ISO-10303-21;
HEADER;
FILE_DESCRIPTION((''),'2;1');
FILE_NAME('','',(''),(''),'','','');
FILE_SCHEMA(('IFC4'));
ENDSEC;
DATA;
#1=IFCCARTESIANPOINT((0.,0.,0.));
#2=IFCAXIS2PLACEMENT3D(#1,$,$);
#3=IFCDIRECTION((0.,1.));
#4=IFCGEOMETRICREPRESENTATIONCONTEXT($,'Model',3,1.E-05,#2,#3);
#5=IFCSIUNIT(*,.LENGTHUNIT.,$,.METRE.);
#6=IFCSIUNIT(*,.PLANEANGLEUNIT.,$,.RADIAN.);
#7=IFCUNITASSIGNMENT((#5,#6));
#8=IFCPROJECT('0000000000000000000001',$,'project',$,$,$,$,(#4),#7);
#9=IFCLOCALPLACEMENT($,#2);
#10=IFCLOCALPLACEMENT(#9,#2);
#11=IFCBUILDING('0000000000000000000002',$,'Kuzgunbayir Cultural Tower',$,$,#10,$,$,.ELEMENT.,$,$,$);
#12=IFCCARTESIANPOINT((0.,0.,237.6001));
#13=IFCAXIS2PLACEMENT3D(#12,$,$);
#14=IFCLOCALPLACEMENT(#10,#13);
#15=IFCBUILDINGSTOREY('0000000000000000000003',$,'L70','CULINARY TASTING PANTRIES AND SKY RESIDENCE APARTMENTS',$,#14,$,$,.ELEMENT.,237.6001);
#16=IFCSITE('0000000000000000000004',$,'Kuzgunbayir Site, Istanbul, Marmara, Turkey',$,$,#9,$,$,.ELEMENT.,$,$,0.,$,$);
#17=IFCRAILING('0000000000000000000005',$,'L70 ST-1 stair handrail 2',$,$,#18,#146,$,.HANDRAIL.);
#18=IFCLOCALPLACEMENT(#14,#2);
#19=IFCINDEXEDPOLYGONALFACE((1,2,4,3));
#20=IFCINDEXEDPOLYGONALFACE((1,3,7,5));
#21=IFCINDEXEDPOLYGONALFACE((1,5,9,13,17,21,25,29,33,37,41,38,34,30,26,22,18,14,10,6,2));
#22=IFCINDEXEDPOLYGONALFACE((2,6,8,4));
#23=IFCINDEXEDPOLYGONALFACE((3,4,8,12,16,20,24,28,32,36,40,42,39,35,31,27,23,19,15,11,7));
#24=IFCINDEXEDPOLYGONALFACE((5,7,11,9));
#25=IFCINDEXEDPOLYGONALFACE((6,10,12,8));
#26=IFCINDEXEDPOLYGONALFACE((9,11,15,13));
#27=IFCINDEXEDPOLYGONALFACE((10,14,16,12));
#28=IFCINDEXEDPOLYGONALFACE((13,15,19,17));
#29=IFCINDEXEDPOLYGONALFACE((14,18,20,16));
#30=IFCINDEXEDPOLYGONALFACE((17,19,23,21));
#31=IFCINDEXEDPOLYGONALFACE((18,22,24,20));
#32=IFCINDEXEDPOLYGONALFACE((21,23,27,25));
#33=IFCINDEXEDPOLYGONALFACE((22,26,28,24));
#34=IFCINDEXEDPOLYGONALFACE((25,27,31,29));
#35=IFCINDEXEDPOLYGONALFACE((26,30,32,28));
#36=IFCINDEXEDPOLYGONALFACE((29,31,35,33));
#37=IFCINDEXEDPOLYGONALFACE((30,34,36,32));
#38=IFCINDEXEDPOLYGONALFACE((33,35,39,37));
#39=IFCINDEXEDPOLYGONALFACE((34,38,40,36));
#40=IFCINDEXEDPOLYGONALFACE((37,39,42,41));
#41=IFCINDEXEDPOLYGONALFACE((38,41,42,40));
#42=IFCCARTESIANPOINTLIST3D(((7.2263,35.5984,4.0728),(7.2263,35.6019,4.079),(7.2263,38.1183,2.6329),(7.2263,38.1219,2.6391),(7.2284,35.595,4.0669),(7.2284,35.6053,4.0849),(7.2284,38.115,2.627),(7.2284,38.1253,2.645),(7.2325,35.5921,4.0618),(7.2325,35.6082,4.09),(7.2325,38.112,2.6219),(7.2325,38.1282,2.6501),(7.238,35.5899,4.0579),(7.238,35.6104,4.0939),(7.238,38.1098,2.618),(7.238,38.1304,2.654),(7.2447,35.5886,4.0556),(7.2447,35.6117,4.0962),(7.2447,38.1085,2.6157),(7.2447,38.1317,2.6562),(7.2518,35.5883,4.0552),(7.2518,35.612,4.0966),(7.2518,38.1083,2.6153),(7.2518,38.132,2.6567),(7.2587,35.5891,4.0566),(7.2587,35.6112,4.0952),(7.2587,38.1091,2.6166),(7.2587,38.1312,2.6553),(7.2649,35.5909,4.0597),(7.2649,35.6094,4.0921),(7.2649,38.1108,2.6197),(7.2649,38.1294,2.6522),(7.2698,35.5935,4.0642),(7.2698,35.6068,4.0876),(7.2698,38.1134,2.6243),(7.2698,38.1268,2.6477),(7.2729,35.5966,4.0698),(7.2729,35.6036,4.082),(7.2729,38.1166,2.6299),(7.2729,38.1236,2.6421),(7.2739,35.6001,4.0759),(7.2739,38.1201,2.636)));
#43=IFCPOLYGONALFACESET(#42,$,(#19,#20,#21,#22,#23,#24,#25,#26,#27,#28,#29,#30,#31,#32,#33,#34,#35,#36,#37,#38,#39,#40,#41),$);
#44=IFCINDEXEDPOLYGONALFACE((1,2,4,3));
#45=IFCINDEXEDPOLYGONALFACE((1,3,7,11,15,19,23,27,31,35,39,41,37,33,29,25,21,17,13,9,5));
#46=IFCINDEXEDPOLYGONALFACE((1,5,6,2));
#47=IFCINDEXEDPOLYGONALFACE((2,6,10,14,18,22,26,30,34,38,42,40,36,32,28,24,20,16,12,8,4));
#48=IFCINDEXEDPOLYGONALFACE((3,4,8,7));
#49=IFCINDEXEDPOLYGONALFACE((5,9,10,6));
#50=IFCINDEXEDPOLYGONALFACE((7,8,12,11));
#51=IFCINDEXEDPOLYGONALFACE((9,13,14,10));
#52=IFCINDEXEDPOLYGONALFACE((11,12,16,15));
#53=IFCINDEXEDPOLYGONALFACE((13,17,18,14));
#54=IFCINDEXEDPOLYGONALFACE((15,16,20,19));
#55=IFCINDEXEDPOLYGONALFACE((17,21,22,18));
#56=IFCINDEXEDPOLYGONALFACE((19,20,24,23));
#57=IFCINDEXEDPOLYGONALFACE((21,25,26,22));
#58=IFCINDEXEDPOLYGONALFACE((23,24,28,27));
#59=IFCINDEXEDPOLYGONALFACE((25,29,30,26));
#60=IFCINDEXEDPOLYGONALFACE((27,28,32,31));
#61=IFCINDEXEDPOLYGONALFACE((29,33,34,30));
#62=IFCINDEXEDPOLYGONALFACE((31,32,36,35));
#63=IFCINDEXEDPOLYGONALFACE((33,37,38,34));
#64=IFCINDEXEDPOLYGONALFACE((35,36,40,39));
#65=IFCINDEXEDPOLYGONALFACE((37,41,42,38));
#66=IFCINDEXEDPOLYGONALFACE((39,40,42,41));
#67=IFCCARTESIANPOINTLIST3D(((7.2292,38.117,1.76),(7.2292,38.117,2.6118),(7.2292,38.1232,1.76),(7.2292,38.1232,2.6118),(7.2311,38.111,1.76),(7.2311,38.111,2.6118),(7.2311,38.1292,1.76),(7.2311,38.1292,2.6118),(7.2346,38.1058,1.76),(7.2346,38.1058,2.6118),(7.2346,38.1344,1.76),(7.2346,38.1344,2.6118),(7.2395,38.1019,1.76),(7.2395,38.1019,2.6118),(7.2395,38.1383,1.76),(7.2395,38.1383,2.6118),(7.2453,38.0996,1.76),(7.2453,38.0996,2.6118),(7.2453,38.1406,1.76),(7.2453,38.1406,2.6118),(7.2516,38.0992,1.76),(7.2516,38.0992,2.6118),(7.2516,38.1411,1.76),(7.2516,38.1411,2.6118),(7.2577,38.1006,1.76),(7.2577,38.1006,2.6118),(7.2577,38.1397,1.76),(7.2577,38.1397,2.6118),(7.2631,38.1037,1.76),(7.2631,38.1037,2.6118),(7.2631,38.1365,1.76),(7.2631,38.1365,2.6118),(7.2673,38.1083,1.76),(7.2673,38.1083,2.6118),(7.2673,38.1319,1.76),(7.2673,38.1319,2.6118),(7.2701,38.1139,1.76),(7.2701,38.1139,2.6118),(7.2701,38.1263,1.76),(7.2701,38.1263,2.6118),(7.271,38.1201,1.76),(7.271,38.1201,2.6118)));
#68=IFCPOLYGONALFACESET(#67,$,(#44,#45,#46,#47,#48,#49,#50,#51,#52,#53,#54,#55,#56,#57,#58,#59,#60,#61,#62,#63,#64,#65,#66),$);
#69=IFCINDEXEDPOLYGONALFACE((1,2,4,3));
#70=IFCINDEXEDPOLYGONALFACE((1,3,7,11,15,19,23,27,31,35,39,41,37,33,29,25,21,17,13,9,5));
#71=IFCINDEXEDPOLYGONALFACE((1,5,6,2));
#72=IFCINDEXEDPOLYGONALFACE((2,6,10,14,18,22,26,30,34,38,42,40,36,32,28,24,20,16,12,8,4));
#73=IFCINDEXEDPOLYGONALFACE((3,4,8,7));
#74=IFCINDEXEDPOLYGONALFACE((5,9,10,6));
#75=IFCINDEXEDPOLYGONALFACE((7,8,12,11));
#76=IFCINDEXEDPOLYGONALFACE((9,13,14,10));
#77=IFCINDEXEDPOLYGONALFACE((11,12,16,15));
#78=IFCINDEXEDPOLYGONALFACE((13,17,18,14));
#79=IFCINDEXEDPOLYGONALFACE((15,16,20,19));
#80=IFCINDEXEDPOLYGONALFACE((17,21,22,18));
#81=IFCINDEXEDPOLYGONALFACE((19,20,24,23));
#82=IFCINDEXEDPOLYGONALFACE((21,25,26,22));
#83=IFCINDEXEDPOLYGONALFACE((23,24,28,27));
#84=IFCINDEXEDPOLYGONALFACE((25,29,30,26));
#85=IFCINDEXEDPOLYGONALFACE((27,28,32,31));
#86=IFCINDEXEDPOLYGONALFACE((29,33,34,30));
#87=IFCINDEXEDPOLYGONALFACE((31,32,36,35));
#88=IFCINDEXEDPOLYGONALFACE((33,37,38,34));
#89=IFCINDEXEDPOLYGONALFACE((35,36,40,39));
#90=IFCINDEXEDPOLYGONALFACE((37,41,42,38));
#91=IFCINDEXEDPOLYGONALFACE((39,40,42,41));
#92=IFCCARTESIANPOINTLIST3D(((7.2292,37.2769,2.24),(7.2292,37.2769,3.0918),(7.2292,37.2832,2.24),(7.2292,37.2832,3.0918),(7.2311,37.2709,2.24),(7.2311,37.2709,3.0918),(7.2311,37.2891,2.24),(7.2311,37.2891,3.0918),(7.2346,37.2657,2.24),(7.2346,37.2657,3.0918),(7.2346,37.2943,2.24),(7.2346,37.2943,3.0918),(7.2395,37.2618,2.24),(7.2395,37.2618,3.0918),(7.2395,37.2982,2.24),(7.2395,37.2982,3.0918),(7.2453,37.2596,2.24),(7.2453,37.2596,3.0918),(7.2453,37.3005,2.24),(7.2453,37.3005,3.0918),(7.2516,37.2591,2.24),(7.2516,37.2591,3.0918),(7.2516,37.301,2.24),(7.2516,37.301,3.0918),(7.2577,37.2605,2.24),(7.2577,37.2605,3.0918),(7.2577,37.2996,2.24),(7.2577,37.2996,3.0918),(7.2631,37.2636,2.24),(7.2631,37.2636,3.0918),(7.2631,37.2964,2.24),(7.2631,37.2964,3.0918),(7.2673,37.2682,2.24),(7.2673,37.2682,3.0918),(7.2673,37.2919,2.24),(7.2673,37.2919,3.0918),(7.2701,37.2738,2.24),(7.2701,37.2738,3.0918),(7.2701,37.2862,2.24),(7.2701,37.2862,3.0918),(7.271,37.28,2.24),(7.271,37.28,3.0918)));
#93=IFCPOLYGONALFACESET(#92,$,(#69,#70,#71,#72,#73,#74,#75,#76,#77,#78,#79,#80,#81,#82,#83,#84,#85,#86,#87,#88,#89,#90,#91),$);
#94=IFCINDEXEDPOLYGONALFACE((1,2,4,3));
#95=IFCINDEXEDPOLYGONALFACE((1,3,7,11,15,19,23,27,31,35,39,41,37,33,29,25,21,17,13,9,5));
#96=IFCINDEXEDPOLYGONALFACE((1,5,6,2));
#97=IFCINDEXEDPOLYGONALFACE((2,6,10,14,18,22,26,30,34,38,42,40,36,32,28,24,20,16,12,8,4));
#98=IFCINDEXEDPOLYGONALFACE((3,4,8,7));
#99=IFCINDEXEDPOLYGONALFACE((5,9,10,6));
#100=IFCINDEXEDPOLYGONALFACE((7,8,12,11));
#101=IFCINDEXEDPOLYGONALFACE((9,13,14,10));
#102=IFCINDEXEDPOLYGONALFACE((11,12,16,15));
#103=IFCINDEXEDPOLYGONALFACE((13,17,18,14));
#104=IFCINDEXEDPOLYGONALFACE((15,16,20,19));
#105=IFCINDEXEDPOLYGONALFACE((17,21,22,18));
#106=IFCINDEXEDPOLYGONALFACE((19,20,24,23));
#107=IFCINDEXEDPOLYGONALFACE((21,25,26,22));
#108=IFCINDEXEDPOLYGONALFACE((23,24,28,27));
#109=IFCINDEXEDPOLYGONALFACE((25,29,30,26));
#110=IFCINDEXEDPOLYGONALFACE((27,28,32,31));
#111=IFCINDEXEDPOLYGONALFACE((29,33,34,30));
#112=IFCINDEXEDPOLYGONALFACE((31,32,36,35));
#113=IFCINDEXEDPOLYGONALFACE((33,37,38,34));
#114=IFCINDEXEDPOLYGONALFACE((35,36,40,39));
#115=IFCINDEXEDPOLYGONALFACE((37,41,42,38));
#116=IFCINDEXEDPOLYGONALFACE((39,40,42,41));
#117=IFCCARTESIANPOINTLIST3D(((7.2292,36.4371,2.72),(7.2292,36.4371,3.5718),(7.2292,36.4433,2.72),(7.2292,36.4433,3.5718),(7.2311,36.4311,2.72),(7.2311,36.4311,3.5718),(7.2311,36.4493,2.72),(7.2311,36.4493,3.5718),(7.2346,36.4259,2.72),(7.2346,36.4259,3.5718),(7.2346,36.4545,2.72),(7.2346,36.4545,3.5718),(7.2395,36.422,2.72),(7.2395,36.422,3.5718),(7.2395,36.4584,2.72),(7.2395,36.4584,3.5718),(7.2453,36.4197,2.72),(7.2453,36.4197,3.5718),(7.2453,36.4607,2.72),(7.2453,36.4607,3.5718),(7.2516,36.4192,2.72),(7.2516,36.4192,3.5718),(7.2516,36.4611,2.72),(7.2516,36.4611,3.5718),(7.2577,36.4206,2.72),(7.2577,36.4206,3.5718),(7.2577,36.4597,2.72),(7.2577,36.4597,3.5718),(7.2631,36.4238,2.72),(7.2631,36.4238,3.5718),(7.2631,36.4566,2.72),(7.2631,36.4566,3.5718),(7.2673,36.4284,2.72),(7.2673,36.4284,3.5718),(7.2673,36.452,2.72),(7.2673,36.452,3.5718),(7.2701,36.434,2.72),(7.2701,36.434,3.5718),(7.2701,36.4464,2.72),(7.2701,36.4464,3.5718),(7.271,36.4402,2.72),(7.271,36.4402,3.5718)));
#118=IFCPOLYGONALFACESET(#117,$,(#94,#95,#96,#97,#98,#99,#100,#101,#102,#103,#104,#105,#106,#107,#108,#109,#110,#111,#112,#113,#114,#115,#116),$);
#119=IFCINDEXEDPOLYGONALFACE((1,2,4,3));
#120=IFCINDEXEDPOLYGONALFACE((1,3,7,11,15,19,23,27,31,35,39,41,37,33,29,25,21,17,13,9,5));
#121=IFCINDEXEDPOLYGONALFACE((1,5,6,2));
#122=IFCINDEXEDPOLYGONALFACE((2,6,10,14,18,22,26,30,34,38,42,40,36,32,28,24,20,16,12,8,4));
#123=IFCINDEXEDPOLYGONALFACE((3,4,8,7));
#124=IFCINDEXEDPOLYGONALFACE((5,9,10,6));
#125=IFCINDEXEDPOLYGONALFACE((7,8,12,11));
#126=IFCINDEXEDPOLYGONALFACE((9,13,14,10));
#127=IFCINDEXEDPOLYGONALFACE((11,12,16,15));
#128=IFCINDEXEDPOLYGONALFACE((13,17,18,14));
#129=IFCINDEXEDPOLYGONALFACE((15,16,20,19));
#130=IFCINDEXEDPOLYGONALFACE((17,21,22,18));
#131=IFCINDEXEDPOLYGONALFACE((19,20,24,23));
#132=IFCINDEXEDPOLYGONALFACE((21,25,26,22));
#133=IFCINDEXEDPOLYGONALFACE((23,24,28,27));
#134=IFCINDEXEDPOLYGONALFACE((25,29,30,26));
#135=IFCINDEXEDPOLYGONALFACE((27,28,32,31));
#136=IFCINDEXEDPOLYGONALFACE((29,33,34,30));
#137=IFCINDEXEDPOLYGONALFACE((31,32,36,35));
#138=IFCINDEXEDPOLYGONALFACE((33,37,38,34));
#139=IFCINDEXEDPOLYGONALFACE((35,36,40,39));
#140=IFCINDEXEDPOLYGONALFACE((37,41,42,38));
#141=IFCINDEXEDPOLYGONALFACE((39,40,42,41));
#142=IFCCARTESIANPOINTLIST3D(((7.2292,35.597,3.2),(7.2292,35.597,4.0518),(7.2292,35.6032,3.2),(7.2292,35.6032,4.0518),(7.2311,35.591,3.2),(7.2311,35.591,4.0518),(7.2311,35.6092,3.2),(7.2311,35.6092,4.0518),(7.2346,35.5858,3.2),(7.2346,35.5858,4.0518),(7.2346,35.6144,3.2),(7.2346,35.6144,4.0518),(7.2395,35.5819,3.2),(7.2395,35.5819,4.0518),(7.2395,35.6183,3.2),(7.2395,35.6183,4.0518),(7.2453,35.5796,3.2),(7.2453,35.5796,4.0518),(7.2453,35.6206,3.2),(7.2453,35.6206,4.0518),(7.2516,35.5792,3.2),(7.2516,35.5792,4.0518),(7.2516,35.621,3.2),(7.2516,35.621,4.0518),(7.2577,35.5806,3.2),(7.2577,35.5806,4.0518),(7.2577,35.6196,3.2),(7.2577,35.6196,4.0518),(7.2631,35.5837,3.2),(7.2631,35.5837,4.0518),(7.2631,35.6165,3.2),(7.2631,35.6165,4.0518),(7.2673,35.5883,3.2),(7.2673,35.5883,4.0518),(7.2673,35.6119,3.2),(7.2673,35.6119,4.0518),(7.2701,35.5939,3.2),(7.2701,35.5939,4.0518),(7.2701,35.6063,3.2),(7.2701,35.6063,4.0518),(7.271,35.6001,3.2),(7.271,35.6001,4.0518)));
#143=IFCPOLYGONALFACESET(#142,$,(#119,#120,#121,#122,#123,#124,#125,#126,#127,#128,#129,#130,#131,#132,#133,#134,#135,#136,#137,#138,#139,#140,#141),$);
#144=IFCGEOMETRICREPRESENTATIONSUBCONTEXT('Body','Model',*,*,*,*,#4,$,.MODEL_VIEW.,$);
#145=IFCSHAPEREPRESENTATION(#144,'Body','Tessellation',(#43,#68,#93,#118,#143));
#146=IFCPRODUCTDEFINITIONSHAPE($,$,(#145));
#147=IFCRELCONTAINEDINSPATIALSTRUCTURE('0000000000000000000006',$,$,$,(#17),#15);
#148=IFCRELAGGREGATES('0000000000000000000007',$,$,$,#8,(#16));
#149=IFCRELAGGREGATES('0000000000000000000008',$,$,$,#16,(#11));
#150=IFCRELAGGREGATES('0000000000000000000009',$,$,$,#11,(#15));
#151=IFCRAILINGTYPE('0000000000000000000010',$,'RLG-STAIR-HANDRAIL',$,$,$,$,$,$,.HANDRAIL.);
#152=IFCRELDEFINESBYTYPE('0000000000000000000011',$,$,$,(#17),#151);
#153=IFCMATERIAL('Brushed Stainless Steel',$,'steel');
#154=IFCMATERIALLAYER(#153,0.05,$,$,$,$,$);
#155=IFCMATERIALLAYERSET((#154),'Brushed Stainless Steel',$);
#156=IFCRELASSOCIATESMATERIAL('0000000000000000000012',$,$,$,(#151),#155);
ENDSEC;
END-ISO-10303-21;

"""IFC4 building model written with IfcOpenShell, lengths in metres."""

from ifc_helpers import new_model, si_unit, direction, frame, origin, origin_2d, place, context, subcontext, project, spatial, circle, extrude, material, layer, layer_set, type_object, element, save


model = new_model("IFC4")

# Units and contexts
model_context = context("Model", 3, precision=1e-05, world=origin(), true_north=direction((0.0, 1.0)))
body_context = subcontext(model_context, "Body", "Model", "MODEL_VIEW")
ifc_project = project(units=[si_unit("LENGTHUNIT", "METRE"), si_unit("PLANEANGLEUNIT", "RADIAN")], contexts=[model_context])

# Site, building, storey
site_placement = place(None, origin())
site = spatial("IfcSite", under=ifc_project, at=site_placement, Name="Kuzgunbayir Site, Istanbul, Marmara, Turkey", CompositionType="ELEMENT", RefElevation=0.0)
building_placement = place(site_placement, origin())
building = spatial("IfcBuilding", under=site, at=building_placement, Name="Kuzgunbayir Cultural Tower", CompositionType="ELEMENT")
storey_placement = place(building_placement, frame((0.0, 0.0, 237.6001)))
storey = spatial("IfcBuildingStorey", under=building, at=storey_placement, Name="L70", Description="CULINARY TASTING PANTRIES AND SKY RESIDENCE APARTMENTS", CompositionType="ELEMENT", Elevation=237.6001)

# Shared definitions
ifc_material_1 = material(Name="Brushed Stainless Steel", Category="steel")

# Railing
ifc_layer_1 = layer(ifc_material_1, 0.05)
ifc_layer_set_1 = layer_set([ifc_layer_1], Name="Brushed Stainless Steel")
railing_type_1 = type_object("IfcRailingType", Name="RLG-STAIR-HANDRAIL", PredefinedType="HANDRAIL", material=ifc_layer_set_1)
railing_1_placement = place(storey_placement, frame((7.25, 38.1201, 1.76)))
element("IfcRailing", 1, at=railing_1_placement, inside=storey, type_object=railing_type_1, Name="L70 ST-1 stair handrail 2", PredefinedType="HANDRAIL", context=body_context, shape_type="SweptSolid", body=[
    extrude(circle(Radius=0.0239, at=origin_2d()), frame((0.0, 0.0, 0.876), z_axis=(0.0, -0.868253, 0.496121), x_axis=(1.0, 0.0, 0.0)), (0.0, 0.0, 1.0), 2.9023),
    extrude(circle(Radius=0.021, at=origin_2d()), origin(), (0.0, 0.0, 1.0), 0.8518),
    extrude(circle(Radius=0.021, at=origin_2d()), frame((0.0, -0.8401, 0.48)), (0.0, 0.0, 1.0), 0.8518),
    extrude(circle(Radius=0.021, at=origin_2d()), frame((0.0, -1.6799, 0.96)), (0.0, 0.0, 1.0), 0.8518),
    extrude(circle(Radius=0.021, at=origin_2d()), frame((0.0, -2.52, 1.4399)), (0.0, 0.0, 1.0), 0.8518),
])

save(model, "model.ifc")
